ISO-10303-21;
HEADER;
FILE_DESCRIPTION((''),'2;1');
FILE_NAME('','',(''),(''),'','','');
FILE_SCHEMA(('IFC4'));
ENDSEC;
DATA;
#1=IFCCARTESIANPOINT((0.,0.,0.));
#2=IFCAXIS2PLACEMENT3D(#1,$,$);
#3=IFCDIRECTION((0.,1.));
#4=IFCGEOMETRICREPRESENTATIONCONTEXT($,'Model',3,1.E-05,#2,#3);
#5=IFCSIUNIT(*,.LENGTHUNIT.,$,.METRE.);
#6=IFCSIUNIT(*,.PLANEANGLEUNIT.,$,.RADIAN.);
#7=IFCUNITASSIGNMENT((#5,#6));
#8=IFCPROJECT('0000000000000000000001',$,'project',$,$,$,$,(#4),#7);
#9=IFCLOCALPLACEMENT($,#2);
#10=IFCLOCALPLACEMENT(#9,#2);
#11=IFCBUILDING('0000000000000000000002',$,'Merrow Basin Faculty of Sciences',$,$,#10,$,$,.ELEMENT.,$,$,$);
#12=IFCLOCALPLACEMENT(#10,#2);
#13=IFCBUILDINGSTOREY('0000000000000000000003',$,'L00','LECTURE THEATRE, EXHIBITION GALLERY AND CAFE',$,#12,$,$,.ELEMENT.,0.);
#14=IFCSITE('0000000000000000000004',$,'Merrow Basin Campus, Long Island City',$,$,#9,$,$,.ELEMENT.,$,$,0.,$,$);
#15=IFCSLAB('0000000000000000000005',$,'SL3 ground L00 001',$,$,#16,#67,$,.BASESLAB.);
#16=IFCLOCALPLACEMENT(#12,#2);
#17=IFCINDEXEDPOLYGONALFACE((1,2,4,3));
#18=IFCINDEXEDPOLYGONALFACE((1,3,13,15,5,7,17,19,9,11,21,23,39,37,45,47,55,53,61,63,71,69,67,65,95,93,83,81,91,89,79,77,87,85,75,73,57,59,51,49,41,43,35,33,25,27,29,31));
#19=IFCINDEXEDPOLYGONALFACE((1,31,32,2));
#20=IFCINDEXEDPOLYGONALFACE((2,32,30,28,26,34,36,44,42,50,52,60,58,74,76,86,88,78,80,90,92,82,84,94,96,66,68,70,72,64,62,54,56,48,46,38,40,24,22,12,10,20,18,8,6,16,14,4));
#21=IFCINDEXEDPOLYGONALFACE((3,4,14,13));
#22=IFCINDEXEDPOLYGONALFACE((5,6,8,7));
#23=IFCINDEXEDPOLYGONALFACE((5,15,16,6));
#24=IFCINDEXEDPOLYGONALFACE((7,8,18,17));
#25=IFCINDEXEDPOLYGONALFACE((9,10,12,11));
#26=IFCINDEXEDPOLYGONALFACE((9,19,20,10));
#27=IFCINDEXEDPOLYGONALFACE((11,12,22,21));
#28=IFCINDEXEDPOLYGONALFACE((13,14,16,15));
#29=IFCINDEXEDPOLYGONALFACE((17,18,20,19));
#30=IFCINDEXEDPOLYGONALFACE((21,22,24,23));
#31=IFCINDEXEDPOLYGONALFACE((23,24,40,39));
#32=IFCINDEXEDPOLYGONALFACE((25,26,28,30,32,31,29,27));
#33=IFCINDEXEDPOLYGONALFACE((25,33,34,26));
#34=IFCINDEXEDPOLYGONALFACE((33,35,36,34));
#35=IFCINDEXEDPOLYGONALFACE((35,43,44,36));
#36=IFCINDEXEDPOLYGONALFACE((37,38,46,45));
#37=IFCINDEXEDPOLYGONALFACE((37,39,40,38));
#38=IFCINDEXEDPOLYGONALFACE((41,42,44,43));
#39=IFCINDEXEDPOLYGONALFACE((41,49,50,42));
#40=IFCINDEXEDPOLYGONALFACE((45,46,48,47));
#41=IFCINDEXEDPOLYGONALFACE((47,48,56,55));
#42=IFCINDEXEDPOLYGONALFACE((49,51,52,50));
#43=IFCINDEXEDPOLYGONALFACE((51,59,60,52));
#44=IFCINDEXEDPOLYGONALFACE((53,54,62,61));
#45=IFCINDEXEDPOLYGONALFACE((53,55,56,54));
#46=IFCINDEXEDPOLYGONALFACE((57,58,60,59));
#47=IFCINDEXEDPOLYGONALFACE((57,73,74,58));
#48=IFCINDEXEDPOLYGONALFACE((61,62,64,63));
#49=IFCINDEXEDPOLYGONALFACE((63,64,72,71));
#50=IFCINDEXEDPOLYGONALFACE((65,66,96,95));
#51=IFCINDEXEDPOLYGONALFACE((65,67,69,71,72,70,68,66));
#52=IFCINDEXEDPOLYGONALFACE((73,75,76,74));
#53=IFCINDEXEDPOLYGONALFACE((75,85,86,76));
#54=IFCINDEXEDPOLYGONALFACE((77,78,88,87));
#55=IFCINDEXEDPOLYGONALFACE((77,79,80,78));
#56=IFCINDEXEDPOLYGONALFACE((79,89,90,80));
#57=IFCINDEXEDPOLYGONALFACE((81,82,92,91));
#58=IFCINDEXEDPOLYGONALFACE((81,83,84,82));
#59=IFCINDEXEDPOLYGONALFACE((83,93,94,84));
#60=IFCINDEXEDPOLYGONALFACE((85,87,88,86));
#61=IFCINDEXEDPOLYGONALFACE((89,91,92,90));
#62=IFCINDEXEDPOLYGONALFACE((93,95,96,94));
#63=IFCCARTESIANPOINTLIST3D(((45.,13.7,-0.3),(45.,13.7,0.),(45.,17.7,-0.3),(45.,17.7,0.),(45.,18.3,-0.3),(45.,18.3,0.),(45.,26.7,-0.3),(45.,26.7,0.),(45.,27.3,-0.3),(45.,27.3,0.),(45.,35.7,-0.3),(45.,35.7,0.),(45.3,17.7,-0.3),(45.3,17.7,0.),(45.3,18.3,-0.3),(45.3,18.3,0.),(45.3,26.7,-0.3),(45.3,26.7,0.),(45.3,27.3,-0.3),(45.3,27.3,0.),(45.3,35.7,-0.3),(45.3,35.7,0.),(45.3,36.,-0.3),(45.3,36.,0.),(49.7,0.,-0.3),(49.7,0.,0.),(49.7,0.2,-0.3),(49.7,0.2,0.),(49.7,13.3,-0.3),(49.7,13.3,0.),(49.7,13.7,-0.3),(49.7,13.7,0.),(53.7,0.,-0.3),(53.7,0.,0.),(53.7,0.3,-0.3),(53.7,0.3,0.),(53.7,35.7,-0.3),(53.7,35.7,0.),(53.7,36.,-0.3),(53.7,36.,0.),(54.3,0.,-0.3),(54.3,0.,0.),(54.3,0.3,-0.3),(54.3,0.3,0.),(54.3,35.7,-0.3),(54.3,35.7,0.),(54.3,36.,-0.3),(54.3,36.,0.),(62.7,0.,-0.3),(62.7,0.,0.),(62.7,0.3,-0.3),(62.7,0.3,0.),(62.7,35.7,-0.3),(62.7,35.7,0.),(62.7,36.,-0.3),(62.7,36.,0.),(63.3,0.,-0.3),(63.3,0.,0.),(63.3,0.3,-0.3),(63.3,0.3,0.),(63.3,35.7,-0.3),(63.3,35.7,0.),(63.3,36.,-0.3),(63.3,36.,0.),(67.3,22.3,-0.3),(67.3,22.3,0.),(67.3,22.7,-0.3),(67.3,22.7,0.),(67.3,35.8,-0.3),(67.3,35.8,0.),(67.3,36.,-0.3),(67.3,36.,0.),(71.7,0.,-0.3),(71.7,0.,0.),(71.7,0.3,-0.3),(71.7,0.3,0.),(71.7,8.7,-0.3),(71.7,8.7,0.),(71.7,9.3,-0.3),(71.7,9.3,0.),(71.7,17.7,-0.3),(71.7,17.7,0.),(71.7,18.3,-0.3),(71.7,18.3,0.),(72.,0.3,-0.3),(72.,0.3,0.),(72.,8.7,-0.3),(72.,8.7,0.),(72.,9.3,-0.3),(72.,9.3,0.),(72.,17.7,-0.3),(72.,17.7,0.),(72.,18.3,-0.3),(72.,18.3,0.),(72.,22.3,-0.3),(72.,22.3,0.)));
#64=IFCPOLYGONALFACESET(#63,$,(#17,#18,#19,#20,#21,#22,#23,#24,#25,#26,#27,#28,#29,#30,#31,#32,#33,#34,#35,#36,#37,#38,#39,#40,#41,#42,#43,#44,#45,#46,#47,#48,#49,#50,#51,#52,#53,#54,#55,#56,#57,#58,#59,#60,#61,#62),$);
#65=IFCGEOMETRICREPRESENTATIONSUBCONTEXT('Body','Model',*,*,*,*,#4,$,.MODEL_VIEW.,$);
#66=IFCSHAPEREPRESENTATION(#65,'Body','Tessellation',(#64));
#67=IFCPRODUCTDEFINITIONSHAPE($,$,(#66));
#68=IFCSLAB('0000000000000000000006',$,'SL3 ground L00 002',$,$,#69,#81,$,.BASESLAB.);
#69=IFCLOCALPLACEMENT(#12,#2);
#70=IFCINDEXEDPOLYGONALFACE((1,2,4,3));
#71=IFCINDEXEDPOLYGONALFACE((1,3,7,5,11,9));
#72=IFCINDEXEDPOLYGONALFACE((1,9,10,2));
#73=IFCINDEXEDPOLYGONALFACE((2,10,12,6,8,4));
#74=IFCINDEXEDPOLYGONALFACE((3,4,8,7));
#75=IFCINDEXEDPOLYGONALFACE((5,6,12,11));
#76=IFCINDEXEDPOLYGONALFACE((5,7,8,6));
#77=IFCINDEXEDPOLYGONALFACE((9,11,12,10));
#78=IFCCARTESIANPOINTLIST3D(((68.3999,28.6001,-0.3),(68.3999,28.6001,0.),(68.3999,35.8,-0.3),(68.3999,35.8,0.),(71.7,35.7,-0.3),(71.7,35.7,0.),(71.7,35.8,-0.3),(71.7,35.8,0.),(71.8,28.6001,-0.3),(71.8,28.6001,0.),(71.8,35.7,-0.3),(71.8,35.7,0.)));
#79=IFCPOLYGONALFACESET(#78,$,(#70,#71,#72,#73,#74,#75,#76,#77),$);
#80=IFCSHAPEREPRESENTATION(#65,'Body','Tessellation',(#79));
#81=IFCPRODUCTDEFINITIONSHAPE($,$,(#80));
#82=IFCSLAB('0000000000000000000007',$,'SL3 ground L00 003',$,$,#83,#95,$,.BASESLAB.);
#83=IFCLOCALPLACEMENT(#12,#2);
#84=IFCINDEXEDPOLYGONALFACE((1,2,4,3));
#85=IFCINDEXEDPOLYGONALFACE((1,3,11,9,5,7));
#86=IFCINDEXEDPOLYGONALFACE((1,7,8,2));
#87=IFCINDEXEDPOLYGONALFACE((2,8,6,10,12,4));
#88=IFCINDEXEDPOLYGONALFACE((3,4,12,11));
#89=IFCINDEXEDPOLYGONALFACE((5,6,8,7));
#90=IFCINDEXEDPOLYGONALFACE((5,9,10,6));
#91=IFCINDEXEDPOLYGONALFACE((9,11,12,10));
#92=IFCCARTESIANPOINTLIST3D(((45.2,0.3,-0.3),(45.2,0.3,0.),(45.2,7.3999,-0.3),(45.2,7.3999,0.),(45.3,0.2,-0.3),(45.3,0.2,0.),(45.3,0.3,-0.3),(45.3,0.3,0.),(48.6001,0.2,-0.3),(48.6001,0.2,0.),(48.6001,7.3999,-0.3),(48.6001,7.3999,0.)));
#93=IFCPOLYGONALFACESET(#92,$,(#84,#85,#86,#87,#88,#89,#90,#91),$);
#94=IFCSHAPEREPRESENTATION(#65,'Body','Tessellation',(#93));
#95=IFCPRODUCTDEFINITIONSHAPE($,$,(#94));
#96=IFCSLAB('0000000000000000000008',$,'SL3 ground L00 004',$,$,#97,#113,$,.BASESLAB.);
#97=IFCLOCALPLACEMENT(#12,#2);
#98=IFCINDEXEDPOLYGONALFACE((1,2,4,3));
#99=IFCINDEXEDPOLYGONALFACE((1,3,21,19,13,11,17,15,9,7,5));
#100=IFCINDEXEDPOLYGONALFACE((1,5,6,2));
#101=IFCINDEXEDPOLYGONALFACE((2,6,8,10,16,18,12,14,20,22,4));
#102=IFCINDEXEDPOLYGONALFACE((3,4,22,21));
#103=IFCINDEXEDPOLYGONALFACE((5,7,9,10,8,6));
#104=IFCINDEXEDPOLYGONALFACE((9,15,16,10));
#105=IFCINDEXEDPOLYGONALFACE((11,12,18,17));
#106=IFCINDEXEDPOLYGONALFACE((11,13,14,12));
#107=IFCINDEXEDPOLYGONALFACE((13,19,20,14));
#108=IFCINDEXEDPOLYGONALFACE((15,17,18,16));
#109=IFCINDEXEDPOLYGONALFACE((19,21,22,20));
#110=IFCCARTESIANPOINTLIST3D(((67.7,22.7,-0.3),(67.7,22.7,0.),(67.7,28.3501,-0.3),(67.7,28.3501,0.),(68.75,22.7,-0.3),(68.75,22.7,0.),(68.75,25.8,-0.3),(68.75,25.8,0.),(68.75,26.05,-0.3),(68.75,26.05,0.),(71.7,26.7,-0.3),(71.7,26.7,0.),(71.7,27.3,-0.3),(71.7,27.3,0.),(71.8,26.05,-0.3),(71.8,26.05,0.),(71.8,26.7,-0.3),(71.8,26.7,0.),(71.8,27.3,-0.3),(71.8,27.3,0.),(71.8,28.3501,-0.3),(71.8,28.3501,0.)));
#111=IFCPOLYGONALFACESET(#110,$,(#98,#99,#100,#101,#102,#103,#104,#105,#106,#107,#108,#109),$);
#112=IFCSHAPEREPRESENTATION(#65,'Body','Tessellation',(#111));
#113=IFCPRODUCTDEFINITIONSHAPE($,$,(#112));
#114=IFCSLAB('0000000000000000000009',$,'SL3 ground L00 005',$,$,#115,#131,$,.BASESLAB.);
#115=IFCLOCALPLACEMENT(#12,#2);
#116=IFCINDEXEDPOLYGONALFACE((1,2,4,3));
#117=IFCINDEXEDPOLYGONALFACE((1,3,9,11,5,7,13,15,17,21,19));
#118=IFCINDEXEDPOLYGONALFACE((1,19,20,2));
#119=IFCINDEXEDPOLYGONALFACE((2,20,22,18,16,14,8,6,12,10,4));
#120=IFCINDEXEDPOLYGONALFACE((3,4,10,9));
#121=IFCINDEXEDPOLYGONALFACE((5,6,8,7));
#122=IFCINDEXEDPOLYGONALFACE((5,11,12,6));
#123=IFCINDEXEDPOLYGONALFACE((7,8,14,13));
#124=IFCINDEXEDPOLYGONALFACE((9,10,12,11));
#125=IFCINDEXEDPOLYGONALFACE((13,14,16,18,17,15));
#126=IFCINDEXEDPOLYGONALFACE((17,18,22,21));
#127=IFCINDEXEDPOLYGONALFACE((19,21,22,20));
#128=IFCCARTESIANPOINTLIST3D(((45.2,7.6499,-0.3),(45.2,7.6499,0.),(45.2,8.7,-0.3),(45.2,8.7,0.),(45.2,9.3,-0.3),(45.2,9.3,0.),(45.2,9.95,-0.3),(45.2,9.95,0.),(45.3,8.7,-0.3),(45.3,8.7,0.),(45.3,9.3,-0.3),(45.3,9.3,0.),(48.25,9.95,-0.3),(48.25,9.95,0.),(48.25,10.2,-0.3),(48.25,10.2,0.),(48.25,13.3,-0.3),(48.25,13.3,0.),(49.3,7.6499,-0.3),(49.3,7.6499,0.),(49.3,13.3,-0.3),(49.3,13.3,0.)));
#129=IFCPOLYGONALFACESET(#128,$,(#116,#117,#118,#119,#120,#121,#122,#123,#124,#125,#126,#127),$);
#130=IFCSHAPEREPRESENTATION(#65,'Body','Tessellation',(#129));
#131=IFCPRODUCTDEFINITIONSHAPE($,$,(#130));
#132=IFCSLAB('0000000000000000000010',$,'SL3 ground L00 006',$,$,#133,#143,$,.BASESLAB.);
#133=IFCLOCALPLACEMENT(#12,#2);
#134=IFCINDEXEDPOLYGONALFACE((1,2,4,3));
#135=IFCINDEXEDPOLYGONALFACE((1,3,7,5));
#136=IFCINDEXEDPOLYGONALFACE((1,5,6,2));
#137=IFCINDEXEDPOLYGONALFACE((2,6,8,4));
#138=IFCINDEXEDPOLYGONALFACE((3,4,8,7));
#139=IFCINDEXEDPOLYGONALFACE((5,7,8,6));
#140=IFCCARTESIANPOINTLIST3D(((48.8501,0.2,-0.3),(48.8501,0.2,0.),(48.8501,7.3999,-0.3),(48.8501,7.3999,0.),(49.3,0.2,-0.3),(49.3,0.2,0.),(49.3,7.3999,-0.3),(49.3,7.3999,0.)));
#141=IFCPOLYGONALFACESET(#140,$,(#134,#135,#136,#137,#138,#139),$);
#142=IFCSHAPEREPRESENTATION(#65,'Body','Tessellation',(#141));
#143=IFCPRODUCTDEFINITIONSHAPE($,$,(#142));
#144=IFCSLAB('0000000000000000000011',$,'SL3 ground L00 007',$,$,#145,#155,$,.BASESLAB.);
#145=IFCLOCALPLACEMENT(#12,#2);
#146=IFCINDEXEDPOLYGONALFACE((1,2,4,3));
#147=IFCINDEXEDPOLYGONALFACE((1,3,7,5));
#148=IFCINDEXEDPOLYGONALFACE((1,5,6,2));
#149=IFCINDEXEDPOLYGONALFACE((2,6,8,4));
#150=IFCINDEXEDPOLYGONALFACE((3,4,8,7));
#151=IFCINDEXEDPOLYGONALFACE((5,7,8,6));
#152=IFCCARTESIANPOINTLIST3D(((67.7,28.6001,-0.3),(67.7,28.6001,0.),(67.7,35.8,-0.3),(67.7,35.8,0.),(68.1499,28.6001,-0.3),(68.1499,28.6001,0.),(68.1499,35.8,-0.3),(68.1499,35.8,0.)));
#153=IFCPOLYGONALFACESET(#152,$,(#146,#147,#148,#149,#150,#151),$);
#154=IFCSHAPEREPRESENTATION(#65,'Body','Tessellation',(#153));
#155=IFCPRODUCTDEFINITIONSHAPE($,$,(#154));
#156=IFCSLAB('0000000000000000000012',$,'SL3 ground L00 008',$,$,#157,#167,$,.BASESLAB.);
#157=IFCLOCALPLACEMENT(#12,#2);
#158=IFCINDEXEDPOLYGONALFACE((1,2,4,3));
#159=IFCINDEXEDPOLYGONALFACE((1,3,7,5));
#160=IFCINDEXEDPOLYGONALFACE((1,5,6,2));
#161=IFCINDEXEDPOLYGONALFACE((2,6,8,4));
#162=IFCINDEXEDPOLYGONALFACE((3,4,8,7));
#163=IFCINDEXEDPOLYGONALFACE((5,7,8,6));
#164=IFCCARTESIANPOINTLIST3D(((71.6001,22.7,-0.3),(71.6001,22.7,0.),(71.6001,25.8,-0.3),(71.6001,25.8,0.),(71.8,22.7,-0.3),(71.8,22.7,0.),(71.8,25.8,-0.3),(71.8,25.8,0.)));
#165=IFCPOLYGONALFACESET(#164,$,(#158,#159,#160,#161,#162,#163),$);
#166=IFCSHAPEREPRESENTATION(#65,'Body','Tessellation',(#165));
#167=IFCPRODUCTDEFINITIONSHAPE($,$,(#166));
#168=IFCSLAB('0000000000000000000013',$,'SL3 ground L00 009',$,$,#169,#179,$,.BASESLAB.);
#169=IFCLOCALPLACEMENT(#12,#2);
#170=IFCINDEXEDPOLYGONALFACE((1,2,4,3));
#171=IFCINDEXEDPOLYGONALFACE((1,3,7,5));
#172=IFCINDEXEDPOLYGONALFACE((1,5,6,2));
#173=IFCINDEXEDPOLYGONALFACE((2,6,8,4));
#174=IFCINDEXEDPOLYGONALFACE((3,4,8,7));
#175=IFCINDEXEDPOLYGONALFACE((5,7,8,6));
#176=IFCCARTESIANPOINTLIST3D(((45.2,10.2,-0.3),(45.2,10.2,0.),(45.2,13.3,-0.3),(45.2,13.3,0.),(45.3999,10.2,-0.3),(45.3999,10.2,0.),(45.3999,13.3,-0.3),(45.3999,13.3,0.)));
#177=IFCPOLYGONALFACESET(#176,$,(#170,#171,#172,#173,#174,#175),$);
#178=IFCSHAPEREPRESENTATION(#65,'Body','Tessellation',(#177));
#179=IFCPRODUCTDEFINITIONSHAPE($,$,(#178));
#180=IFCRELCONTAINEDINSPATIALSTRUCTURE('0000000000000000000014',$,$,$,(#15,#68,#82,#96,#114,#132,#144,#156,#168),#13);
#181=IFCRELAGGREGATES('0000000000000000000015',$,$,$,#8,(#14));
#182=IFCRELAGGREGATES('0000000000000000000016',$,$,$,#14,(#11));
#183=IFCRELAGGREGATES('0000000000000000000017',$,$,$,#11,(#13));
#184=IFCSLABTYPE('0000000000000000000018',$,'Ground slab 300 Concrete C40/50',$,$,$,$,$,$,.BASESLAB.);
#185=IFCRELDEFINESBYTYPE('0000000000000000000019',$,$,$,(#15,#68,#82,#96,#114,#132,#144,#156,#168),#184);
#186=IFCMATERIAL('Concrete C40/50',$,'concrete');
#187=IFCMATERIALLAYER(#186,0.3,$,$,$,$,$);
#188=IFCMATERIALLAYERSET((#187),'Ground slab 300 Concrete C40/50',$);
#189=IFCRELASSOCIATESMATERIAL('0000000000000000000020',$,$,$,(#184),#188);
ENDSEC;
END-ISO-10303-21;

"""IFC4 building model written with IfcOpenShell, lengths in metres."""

from ifc_helpers import new_model, si_unit, direction, frame, origin, place, context, subcontext, project, spatial, polyline, outline, extrude, material, layer, layer_set, type_object, element, save


model = new_model("IFC4")

# Units and contexts
model_context = context("Model", 3, precision=1e-05, world=origin(), true_north=direction((0.0, 1.0)))
body_context = subcontext(model_context, "Body", "Model", "MODEL_VIEW")
ifc_project = project(units=[si_unit("LENGTHUNIT", "METRE"), si_unit("PLANEANGLEUNIT", "RADIAN")], contexts=[model_context])

# Site, building, storey
site_placement = place(None, origin())
site = spatial("IfcSite", under=ifc_project, at=site_placement, Name="Merrow Basin Campus, Long Island City", CompositionType="ELEMENT", RefElevation=0.0)
building_placement = place(site_placement, origin())
building = spatial("IfcBuilding", under=site, at=building_placement, Name="Merrow Basin Faculty of Sciences", CompositionType="ELEMENT")
storey_placement = place(building_placement, origin())
storey = spatial("IfcBuildingStorey", under=building, at=storey_placement, Name="L00", Description="LECTURE THEATRE, EXHIBITION GALLERY AND CAFE", CompositionType="ELEMENT", Elevation=0.0)

# Slabs
ifc_material = material(Name="Concrete C40/50", Category="concrete")
ifc_layer = layer(ifc_material, 0.3)
ifc_layer_set = layer_set([ifc_layer], Name="Ground slab 300 Concrete C40/50")
slab_type = type_object("IfcSlabType", Name="Ground slab 300 Concrete C40/50", PredefinedType="BASESLAB", material=ifc_layer_set)
slab_1_placement = place(storey_placement, frame((0.0, 0.0, -0.3)))
element("IfcSlab", 1, at=slab_1_placement, inside=storey, type_object=slab_type, Name="SL3 ground L00 001", PredefinedType="BASESLAB", context=body_context, shape_type="SweptSolid", body=[
    extrude(outline(polyline([(45.3, 17.7), (45.3, 18.3), (45.0, 18.3), (45.0, 26.7), (45.3, 26.7), (45.3, 27.3), (45.0, 27.3), (45.0, 35.7), (45.3, 35.7), (45.3, 36.0), (53.7, 36.0), (53.7, 35.7), (54.3, 35.7), (54.3, 36.0), (62.7, 36.0), (62.7, 35.7), (63.3, 35.7), (63.3, 36.0), (67.3, 36.0), (67.3, 35.8), (67.3, 22.7), (67.3, 22.3), (72.0, 22.3), (72.0, 18.3), (71.7, 18.3), (71.7, 17.7), (72.0, 17.7), (72.0, 9.3), (71.7, 9.3), (71.7, 8.7), (72.0, 8.7), (72.0, 0.3), (71.7, 0.3), (71.7, 0.0), (63.3, 0.0), (63.3, 0.3), (62.7, 0.3), (62.7, 0.0), (54.3, 0.0), (54.3, 0.3), (53.7, 0.3), (53.7, 0.0), (49.7, 0.0), (49.7, 0.2), (49.7, 13.3), (49.7, 13.7), (45.0, 13.7), (45.0, 17.7), (45.3, 17.7)])), origin(), (0.0, 0.0, 1.0), 0.3),
])
slab_2_placement = place(storey_placement, frame((0.0, 0.0, -0.3)))
element("IfcSlab", 2, at=slab_2_placement, inside=storey, type_object=slab_type, Name="SL3 ground L00 002", PredefinedType="BASESLAB", context=body_context, shape_type="SweptSolid", body=[
    extrude(outline(polyline([(68.3999, 28.6001), (68.3999, 35.8), (71.7, 35.8), (71.7, 35.7), (71.8, 35.7), (71.8, 28.6001), (68.3999, 28.6001)])), origin(), (0.0, 0.0, 1.0), 0.3),
])
slab_3_placement = place(storey_placement, frame((0.0, 0.0, -0.3)))
element("IfcSlab", 3, at=slab_3_placement, inside=storey, type_object=slab_type, Name="SL3 ground L00 003", PredefinedType="BASESLAB", context=body_context, shape_type="SweptSolid", body=[
    extrude(outline(polyline([(45.2, 7.3999), (48.6001, 7.3999), (48.6001, 0.2), (45.3, 0.2), (45.3, 0.3), (45.2, 0.3), (45.2, 7.3999)])), origin(), (0.0, 0.0, 1.0), 0.3),
])
slab_4_placement = place(storey_placement, frame((0.0, 0.0, -0.3)))
element("IfcSlab", 4, at=slab_4_placement, inside=storey, type_object=slab_type, Name="SL3 ground L00 004", PredefinedType="BASESLAB", context=body_context, shape_type="SweptSolid", body=[
    extrude(outline(polyline([(71.8, 26.05), (68.75, 26.05), (68.75, 25.8), (68.75, 22.7), (67.7, 22.7), (67.7, 28.3501), (71.8, 28.3501), (71.8, 27.3), (71.7, 27.3), (71.7, 26.7), (71.8, 26.7), (71.8, 26.05)])), origin(), (0.0, 0.0, 1.0), 0.3),
])
slab_5_placement = place(storey_placement, frame((0.0, 0.0, -0.3)))
element("IfcSlab", 5, at=slab_5_placement, inside=storey, type_object=slab_type, Name="SL3 ground L00 005", PredefinedType="BASESLAB", context=body_context, shape_type="SweptSolid", body=[
    extrude(outline(polyline([(48.25, 13.3), (49.3, 13.3), (49.3, 7.6499), (45.2, 7.6499), (45.2, 8.7), (45.3, 8.7), (45.3, 9.3), (45.2, 9.3), (45.2, 9.95), (48.25, 9.95), (48.25, 10.2), (48.25, 13.3)])), origin(), (0.0, 0.0, 1.0), 0.3),
])
slab_6_placement = place(storey_placement, frame((0.0, 0.0, -0.3)))
element("IfcSlab", 6, at=slab_6_placement, inside=storey, type_object=slab_type, Name="SL3 ground L00 006", PredefinedType="BASESLAB", context=body_context, shape_type="SweptSolid", body=[
    extrude(outline(polyline([(48.8501, 7.3999), (49.3, 7.3999), (49.3, 0.2), (48.8501, 0.2), (48.8501, 7.3999)])), origin(), (0.0, 0.0, 1.0), 0.3),
])
slab_7_placement = place(storey_placement, frame((0.0, 0.0, -0.3)))
element("IfcSlab", 7, at=slab_7_placement, inside=storey, type_object=slab_type, Name="SL3 ground L00 007", PredefinedType="BASESLAB", context=body_context, shape_type="SweptSolid", body=[
    extrude(outline(polyline([(67.7, 28.6001), (67.7, 35.8), (68.1499, 35.8), (68.1499, 28.6001), (67.7, 28.6001)])), origin(), (0.0, 0.0, 1.0), 0.3),
])
slab_8_placement = place(storey_placement, frame((0.0, 0.0, -0.3)))
element("IfcSlab", 8, at=slab_8_placement, inside=storey, type_object=slab_type, Name="SL3 ground L00 008", PredefinedType="BASESLAB", context=body_context, shape_type="SweptSolid", body=[
    extrude(outline(polyline([(71.8, 25.8), (71.8, 22.7), (71.6001, 22.7), (71.6001, 25.8), (71.8, 25.8)])), origin(), (0.0, 0.0, 1.0), 0.3),
])
slab_9_placement = place(storey_placement, frame((0.0, 0.0, -0.3)))
element("IfcSlab", 9, at=slab_9_placement, inside=storey, type_object=slab_type, Name="SL3 ground L00 009", PredefinedType="BASESLAB", context=body_context, shape_type="SweptSolid", body=[
    extrude(outline(polyline([(45.2, 10.2), (45.2, 13.3), (45.3999, 13.3), (45.3999, 10.2), (45.2, 10.2)])), origin(), (0.0, 0.0, 1.0), 0.3),
])

save(model, "model.ifc")
